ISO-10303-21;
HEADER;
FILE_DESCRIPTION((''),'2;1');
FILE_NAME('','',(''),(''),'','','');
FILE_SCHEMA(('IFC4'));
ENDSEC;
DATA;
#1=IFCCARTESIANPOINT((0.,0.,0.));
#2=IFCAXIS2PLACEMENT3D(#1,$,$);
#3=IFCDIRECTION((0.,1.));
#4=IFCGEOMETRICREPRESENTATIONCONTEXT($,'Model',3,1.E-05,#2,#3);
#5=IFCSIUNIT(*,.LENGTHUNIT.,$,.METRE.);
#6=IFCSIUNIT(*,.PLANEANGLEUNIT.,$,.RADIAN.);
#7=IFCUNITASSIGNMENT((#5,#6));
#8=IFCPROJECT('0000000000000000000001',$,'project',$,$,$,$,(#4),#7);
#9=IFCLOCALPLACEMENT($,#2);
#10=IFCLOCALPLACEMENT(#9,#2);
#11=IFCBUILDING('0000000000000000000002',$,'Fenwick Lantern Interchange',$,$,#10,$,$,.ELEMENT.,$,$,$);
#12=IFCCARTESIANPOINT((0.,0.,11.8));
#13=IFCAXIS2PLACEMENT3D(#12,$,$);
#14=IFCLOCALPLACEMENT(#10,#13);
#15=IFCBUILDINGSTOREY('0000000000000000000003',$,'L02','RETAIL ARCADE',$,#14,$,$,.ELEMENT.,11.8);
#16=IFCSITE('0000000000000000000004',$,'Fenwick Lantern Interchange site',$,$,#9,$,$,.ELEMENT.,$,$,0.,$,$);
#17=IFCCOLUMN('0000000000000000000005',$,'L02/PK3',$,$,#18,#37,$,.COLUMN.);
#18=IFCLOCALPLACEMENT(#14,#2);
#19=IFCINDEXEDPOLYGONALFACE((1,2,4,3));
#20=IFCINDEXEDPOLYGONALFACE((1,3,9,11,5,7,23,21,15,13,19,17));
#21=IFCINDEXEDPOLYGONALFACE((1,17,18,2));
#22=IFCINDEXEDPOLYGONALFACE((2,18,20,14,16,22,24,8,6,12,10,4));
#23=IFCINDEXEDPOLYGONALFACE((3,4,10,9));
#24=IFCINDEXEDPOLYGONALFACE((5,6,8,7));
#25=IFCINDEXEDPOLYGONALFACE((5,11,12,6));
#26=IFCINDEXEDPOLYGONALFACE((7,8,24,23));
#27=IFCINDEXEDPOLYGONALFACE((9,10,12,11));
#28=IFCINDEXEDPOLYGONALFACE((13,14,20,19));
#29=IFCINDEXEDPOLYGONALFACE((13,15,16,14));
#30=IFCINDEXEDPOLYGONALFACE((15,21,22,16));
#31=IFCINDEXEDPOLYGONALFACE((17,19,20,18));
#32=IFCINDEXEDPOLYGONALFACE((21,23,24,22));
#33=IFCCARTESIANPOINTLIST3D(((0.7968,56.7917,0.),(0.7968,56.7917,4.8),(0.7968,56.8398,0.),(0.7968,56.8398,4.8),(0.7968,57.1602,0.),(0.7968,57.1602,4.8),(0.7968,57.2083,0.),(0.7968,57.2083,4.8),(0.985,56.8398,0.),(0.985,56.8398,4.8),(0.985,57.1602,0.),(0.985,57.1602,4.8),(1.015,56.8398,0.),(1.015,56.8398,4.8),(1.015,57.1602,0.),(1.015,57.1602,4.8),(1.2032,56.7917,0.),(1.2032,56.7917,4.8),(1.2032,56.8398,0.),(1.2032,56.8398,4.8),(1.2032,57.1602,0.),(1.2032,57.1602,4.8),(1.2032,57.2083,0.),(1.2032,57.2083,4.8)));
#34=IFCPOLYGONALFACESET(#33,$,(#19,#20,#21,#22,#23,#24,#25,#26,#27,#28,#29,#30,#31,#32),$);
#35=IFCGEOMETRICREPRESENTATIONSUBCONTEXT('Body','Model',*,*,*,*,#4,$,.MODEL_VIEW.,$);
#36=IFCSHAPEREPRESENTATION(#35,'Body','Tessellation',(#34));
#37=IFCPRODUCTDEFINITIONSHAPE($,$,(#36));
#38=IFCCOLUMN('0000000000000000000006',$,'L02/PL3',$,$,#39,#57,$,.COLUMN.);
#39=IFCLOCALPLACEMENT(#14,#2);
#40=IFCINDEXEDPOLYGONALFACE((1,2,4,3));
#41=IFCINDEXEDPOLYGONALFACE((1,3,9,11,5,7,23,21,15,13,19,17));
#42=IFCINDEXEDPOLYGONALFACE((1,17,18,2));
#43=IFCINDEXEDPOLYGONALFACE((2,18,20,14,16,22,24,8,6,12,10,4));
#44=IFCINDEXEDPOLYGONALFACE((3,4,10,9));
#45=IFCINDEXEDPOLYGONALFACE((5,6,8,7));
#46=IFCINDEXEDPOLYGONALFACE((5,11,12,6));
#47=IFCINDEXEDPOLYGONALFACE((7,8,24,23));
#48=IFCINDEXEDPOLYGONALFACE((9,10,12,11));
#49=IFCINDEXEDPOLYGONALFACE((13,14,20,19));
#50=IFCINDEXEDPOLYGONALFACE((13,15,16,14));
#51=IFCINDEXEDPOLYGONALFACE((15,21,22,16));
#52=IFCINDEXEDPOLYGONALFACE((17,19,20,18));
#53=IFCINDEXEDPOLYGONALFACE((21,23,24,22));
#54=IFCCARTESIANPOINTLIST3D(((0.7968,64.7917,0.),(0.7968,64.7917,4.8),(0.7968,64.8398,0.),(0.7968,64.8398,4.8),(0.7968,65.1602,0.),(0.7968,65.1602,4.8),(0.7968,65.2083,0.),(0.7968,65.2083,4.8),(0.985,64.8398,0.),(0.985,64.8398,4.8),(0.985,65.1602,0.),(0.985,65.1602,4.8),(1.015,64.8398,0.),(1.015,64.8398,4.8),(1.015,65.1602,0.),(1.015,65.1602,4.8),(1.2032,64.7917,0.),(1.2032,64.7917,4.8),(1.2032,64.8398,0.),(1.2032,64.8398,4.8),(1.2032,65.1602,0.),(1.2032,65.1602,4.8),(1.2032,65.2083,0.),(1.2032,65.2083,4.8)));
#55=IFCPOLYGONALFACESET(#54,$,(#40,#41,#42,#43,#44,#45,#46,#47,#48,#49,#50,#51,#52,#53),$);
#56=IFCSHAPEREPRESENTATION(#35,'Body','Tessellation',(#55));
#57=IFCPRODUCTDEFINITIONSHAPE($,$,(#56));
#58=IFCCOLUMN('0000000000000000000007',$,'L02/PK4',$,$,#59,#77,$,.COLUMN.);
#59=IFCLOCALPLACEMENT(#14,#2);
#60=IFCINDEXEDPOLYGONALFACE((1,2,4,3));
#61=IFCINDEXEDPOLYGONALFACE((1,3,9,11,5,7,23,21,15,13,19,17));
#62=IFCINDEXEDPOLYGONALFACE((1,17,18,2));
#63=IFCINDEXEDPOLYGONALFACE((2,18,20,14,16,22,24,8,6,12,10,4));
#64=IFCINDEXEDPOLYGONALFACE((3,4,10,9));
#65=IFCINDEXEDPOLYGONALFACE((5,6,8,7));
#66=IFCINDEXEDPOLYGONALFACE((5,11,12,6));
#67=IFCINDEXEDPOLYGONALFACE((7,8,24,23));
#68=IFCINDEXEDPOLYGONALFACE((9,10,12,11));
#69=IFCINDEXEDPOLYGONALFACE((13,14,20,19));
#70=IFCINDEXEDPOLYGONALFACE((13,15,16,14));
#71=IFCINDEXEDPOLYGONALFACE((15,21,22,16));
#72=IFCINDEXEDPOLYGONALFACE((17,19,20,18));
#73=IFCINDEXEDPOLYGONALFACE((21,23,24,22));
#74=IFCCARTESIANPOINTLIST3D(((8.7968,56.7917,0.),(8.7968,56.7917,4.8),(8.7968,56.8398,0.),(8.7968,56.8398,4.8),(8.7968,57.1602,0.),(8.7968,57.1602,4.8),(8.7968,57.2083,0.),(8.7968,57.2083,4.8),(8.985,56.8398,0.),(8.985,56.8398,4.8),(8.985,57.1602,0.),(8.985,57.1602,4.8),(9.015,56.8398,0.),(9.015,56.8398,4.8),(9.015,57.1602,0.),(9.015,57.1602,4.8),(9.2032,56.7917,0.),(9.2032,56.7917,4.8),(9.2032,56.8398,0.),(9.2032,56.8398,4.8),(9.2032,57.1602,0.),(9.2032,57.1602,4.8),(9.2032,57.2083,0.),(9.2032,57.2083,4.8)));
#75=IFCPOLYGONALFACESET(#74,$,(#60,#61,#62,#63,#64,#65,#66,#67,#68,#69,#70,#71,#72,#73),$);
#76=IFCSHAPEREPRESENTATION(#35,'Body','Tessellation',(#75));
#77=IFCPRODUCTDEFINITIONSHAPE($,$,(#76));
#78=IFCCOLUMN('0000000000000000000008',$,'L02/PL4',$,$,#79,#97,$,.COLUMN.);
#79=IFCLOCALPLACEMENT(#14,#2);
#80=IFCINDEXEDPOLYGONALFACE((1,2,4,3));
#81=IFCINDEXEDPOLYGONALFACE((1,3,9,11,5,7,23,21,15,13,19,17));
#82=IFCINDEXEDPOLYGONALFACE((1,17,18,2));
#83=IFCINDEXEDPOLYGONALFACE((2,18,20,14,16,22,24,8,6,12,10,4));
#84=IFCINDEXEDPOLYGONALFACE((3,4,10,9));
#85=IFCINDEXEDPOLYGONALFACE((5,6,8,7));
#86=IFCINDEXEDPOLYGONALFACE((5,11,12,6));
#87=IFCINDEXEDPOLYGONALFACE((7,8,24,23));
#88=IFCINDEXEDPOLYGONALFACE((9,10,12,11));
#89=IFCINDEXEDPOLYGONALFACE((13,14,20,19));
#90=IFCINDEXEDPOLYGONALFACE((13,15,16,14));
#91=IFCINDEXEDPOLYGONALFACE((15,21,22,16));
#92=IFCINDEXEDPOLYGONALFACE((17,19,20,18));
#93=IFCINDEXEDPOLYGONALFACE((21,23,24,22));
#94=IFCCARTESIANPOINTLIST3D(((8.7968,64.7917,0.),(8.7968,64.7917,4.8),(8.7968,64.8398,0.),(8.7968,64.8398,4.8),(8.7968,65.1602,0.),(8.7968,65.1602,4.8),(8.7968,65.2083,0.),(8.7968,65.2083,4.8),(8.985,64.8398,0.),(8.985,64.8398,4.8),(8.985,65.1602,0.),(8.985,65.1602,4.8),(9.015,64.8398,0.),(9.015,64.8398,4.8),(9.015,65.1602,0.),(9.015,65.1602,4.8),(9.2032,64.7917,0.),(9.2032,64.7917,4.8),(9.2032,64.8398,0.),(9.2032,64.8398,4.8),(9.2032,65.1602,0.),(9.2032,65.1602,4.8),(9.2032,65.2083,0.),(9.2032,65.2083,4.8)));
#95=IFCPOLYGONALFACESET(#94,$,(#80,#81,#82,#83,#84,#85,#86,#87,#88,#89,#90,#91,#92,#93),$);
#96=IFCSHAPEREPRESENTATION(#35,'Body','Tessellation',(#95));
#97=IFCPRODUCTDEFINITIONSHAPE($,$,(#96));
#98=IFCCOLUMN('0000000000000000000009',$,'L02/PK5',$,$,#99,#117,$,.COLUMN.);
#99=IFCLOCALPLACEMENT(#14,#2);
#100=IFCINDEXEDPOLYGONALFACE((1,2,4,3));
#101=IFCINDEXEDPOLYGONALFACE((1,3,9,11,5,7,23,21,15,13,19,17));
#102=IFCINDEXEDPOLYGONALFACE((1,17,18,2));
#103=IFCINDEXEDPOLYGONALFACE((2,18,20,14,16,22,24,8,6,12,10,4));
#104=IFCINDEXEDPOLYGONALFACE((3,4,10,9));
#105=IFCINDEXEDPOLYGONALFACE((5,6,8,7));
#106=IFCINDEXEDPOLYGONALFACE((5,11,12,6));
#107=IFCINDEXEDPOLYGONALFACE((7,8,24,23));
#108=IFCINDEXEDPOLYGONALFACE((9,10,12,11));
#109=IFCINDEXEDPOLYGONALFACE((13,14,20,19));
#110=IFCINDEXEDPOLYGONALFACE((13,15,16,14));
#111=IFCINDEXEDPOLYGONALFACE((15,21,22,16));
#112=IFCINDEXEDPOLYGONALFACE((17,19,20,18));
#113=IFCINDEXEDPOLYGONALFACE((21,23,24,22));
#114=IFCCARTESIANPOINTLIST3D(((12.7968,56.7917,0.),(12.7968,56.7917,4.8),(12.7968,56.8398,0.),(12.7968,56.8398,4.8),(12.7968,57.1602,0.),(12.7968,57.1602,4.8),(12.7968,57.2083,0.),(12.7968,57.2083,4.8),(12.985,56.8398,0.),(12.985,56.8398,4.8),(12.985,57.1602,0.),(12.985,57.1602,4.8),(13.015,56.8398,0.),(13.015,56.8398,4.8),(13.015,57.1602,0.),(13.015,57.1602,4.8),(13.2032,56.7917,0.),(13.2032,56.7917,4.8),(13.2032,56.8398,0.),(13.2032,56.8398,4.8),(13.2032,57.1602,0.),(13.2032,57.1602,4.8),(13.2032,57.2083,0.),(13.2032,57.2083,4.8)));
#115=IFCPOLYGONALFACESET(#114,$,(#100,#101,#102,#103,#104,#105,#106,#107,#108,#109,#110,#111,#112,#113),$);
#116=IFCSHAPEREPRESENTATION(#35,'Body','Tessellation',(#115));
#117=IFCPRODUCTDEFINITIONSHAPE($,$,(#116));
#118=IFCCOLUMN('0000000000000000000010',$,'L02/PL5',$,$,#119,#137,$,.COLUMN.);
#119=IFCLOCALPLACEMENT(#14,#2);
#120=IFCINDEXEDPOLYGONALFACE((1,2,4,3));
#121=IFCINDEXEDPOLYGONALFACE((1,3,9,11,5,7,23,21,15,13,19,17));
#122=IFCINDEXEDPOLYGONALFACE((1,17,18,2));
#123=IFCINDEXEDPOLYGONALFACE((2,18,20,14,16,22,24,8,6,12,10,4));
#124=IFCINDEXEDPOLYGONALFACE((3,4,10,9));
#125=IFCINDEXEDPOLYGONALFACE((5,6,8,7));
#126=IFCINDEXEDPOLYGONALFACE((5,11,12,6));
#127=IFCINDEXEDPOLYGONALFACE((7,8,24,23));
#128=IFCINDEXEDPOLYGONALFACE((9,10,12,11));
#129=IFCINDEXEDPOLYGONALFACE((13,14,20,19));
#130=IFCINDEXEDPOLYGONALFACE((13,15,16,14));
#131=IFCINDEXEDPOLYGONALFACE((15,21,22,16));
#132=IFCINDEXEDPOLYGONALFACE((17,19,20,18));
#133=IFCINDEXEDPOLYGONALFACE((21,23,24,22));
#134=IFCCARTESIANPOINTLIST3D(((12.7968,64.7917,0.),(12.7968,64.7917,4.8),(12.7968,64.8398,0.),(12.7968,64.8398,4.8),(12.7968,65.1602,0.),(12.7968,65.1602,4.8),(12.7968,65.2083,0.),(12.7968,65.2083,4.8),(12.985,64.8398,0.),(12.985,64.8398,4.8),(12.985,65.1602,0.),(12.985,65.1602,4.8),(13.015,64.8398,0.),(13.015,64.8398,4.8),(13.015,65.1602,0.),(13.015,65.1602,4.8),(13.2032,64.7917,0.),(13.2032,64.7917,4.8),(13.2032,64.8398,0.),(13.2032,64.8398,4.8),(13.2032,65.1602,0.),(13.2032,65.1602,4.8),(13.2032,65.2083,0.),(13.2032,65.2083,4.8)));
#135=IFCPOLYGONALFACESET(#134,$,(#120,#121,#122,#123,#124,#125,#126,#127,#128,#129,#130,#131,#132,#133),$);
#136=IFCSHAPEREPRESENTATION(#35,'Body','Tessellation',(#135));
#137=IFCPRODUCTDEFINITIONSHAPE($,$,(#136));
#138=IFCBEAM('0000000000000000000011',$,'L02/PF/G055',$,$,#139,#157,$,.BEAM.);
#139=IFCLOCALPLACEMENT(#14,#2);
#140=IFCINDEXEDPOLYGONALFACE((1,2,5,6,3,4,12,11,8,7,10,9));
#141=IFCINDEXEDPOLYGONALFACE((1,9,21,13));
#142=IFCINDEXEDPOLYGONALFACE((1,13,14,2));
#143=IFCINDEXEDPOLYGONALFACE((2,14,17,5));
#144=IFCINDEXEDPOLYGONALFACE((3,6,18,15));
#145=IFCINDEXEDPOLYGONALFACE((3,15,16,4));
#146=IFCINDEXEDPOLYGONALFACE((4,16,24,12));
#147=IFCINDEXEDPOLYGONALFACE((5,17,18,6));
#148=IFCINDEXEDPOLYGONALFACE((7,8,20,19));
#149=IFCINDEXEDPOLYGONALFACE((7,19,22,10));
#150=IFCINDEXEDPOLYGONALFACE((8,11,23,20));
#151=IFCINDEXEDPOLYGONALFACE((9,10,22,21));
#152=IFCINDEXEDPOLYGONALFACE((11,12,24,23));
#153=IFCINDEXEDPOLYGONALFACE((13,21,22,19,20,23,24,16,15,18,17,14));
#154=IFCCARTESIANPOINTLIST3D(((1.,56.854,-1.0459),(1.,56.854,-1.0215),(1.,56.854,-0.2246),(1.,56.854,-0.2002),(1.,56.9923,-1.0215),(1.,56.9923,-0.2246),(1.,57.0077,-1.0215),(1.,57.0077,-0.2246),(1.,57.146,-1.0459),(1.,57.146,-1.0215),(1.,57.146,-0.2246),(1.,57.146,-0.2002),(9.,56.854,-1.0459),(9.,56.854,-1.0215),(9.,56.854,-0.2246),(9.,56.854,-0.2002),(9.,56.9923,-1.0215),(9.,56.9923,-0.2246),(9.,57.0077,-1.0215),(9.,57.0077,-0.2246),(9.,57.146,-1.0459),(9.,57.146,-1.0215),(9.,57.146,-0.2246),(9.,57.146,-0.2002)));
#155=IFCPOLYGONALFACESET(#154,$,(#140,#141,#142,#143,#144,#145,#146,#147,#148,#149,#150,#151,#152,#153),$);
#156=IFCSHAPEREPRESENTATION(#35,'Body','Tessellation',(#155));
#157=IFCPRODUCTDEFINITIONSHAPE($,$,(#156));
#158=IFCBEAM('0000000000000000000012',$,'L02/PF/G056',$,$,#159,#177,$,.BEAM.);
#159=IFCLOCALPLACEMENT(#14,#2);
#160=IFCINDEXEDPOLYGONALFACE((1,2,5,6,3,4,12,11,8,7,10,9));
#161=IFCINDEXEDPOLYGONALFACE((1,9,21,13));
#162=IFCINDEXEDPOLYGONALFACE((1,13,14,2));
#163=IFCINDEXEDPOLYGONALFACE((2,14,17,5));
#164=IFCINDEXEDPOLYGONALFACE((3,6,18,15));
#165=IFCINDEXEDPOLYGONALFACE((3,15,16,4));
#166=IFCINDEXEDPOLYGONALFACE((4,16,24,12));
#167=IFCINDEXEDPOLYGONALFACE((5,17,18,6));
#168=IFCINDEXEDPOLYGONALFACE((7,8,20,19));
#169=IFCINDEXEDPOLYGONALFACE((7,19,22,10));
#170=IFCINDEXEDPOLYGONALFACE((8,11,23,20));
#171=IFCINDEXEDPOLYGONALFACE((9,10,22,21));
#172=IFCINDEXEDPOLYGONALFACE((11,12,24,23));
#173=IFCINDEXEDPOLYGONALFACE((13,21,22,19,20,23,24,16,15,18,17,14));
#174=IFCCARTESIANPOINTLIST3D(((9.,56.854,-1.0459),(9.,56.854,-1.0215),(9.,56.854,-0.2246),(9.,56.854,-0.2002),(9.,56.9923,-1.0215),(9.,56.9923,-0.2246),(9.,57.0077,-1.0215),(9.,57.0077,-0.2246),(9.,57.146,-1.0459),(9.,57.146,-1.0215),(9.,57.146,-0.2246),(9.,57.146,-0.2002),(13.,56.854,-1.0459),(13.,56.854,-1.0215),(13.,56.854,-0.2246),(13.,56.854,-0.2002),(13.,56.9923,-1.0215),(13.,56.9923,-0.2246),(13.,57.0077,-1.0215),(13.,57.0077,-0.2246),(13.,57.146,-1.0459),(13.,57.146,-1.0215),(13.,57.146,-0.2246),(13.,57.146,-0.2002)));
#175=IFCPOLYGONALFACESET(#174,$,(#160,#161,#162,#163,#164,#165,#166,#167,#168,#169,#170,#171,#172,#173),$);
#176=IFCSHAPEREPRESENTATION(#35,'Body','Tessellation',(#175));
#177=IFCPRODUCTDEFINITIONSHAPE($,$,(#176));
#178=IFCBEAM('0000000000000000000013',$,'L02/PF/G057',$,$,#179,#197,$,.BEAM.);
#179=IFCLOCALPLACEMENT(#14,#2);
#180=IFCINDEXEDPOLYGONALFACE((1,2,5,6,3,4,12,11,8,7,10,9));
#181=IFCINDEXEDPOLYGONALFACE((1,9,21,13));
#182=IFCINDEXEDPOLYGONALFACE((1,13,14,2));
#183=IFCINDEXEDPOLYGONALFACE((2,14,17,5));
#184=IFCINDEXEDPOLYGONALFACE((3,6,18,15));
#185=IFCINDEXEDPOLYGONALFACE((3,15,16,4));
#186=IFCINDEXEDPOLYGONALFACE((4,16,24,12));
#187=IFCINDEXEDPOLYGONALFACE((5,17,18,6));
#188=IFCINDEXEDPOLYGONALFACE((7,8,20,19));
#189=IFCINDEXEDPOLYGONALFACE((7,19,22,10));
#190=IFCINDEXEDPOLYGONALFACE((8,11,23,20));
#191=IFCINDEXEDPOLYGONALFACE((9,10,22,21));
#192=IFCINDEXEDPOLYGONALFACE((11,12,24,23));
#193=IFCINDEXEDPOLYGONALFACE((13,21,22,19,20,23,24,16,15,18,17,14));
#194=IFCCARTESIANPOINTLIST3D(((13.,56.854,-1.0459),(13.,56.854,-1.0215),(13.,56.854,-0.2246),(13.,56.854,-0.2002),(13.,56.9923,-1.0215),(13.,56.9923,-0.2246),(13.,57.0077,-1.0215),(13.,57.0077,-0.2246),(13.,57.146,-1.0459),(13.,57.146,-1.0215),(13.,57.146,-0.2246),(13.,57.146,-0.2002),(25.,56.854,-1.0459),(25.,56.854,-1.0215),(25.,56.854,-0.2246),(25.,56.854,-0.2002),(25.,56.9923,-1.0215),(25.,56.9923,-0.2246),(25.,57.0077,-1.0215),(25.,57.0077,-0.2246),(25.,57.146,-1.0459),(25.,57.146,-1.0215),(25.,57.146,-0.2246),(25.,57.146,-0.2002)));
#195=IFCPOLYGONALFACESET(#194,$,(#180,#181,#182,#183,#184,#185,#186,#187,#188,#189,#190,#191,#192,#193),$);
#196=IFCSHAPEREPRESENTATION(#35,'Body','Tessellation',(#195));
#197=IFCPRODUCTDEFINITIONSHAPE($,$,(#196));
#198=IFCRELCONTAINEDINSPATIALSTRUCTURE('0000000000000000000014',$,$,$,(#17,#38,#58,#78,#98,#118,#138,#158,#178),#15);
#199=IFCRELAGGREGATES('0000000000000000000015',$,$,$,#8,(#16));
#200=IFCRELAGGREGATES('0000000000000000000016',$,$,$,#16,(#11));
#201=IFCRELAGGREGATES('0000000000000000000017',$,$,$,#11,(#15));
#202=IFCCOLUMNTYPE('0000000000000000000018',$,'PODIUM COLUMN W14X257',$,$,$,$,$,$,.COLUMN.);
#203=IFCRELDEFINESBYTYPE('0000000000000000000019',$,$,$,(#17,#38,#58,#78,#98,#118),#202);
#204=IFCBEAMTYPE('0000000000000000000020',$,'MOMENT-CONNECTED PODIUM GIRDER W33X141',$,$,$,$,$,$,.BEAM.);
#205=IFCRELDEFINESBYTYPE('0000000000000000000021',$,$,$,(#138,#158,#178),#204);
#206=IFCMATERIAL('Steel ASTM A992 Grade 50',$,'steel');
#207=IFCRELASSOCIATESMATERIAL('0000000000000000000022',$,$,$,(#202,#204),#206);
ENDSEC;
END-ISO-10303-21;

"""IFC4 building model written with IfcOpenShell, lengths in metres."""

from ifc_helpers import new_model, si_unit, direction, frame, origin, origin_2d, place, context, subcontext, project, spatial, i_section, extrude, material, material_profile, profile_set, type_object, element, save


model = new_model("IFC4")

# Units and contexts
model_context = context("Model", 3, precision=1e-05, world=origin(), true_north=direction((0.0, 1.0)))
body_context = subcontext(model_context, "Body", "Model", "MODEL_VIEW")
ifc_project = project(units=[si_unit("LENGTHUNIT", "METRE"), si_unit("PLANEANGLEUNIT", "RADIAN")], contexts=[model_context])

# Site, building, storey
site_placement = place(None, origin())
site = spatial("IfcSite", under=ifc_project, at=site_placement, Name="Fenwick Lantern Interchange site", CompositionType="ELEMENT", RefElevation=0.0)
building_placement = place(site_placement, origin())
building = spatial("IfcBuilding", under=site, at=building_placement, Name="Fenwick Lantern Interchange", CompositionType="ELEMENT")
storey_placement = place(building_placement, frame((0.0, 0.0, 11.8)))
storey = spatial("IfcBuildingStorey", under=building, at=storey_placement, Name="L02", Description="RETAIL ARCADE", CompositionType="ELEMENT", Elevation=11.8)

# Columns
ifc_material_1 = material(Name="Steel ASTM A992 Grade 50", Category="steel")
ifc_material_profile_1 = material_profile(ifc_material_1, i_section(OverallWidth=0.4065, OverallDepth=0.4165, WebThickness=0.03, FlangeThickness=0.0481, at=origin_2d()), Name="W14X257")
ifc_profile_set_1 = profile_set([ifc_material_profile_1], Name="Steel ASTM A992 Grade 50")
column_type = type_object("IfcColumnType", Name="PODIUM COLUMN W14X257", PredefinedType="COLUMN", material=ifc_profile_set_1)
for number, where, z_axis, x_axis, name in (
    (1, (1.0, 57.0, 0.0), (0.0, 0.0, 1.0), (1.0, 0.0, 0.0), "L02/PK3"),
    (2, (1.0, 65.0, 0.0), (0.0, 0.0, 1.0), (1.0, 0.0, 0.0), "L02/PL3"),
    (3, (9.0, 57.0, 0.0), (0.0, 0.0, 1.0), (1.0, 0.0, 0.0), "L02/PK4"),
    (4, (9.0, 65.0, 0.0), (0.0, 0.0, 1.0), (1.0, 0.0, 0.0), "L02/PL4"),
    (5, (13.0, 57.0, 0.0), (0.0, 0.0, 1.0), (1.0, 0.0, 0.0), "L02/PK5"),
    (6, (13.0, 65.0, 0.0), (0.0, 0.0, 1.0), (1.0, 0.0, 0.0), "L02/PL5"),
):
    element("IfcColumn", number, at=place(storey_placement, frame(where, z_axis=z_axis, x_axis=x_axis)), inside=storey, type_object=column_type, Name=name, PredefinedType="COLUMN", context=body_context, shape_type="SweptSolid", body=[
        extrude(i_section(OverallWidth=0.4065, OverallDepth=0.4165, WebThickness=0.03, FlangeThickness=0.0481, at=origin_2d()), origin(), (0.0, 0.0, 1.0), 4.8),
    ])

# Beams
ifc_material_profile_2 = material_profile(ifc_material_1, i_section(OverallWidth=0.292, OverallDepth=0.8457, WebThickness=0.0154, FlangeThickness=0.0244, at=origin_2d()), Name="W33X141")
ifc_profile_set_2 = profile_set([ifc_material_profile_2], Name="Steel ASTM A992 Grade 50")
beam_type_1 = type_object("IfcBeamType", Name="MOMENT-CONNECTED PODIUM GIRDER W33X141", PredefinedType="BEAM", material=ifc_profile_set_2)
beam_1_placement = place(storey_placement, frame((1.0, 57.0, -0.623), z_axis=(1.0, 0.0, 0.0), x_axis=(0.0, 1.0, 0.0)))
element("IfcBeam", 7, at=beam_1_placement, inside=storey, type_object=beam_type_1, Name="L02/PF/G055", PredefinedType="BEAM", context=body_context, shape_type="SweptSolid", body=[
    extrude(i_section(OverallWidth=0.292, OverallDepth=0.8457, WebThickness=0.0154, FlangeThickness=0.0244, at=origin_2d()), origin(), (0.0, 0.0, 1.0), 8.0),
])
beam_2_placement = place(storey_placement, frame((9.0, 57.0, -0.623), z_axis=(1.0, 0.0, 0.0), x_axis=(0.0, 1.0, 0.0)))
element("IfcBeam", 8, at=beam_2_placement, inside=storey, type_object=beam_type_1, Name="L02/PF/G056", PredefinedType="BEAM", context=body_context, shape_type="SweptSolid", body=[
    extrude(i_section(OverallWidth=0.292, OverallDepth=0.8457, WebThickness=0.0154, FlangeThickness=0.0244, at=origin_2d()), origin(), (0.0, 0.0, 1.0), 4.0),
])
beam_3_placement = place(storey_placement, frame((13.0, 57.0, -0.623), z_axis=(1.0, 0.0, 0.0), x_axis=(0.0, 1.0, 0.0)))
element("IfcBeam", 9, at=beam_3_placement, inside=storey, type_object=beam_type_1, Name="L02/PF/G057", PredefinedType="BEAM", context=body_context, shape_type="SweptSolid", body=[
    extrude(i_section(OverallWidth=0.292, OverallDepth=0.8457, WebThickness=0.0154, FlangeThickness=0.0244, at=origin_2d()), origin(), (0.0, 0.0, 1.0), 12.0),
])

save(model, "model.ifc")
